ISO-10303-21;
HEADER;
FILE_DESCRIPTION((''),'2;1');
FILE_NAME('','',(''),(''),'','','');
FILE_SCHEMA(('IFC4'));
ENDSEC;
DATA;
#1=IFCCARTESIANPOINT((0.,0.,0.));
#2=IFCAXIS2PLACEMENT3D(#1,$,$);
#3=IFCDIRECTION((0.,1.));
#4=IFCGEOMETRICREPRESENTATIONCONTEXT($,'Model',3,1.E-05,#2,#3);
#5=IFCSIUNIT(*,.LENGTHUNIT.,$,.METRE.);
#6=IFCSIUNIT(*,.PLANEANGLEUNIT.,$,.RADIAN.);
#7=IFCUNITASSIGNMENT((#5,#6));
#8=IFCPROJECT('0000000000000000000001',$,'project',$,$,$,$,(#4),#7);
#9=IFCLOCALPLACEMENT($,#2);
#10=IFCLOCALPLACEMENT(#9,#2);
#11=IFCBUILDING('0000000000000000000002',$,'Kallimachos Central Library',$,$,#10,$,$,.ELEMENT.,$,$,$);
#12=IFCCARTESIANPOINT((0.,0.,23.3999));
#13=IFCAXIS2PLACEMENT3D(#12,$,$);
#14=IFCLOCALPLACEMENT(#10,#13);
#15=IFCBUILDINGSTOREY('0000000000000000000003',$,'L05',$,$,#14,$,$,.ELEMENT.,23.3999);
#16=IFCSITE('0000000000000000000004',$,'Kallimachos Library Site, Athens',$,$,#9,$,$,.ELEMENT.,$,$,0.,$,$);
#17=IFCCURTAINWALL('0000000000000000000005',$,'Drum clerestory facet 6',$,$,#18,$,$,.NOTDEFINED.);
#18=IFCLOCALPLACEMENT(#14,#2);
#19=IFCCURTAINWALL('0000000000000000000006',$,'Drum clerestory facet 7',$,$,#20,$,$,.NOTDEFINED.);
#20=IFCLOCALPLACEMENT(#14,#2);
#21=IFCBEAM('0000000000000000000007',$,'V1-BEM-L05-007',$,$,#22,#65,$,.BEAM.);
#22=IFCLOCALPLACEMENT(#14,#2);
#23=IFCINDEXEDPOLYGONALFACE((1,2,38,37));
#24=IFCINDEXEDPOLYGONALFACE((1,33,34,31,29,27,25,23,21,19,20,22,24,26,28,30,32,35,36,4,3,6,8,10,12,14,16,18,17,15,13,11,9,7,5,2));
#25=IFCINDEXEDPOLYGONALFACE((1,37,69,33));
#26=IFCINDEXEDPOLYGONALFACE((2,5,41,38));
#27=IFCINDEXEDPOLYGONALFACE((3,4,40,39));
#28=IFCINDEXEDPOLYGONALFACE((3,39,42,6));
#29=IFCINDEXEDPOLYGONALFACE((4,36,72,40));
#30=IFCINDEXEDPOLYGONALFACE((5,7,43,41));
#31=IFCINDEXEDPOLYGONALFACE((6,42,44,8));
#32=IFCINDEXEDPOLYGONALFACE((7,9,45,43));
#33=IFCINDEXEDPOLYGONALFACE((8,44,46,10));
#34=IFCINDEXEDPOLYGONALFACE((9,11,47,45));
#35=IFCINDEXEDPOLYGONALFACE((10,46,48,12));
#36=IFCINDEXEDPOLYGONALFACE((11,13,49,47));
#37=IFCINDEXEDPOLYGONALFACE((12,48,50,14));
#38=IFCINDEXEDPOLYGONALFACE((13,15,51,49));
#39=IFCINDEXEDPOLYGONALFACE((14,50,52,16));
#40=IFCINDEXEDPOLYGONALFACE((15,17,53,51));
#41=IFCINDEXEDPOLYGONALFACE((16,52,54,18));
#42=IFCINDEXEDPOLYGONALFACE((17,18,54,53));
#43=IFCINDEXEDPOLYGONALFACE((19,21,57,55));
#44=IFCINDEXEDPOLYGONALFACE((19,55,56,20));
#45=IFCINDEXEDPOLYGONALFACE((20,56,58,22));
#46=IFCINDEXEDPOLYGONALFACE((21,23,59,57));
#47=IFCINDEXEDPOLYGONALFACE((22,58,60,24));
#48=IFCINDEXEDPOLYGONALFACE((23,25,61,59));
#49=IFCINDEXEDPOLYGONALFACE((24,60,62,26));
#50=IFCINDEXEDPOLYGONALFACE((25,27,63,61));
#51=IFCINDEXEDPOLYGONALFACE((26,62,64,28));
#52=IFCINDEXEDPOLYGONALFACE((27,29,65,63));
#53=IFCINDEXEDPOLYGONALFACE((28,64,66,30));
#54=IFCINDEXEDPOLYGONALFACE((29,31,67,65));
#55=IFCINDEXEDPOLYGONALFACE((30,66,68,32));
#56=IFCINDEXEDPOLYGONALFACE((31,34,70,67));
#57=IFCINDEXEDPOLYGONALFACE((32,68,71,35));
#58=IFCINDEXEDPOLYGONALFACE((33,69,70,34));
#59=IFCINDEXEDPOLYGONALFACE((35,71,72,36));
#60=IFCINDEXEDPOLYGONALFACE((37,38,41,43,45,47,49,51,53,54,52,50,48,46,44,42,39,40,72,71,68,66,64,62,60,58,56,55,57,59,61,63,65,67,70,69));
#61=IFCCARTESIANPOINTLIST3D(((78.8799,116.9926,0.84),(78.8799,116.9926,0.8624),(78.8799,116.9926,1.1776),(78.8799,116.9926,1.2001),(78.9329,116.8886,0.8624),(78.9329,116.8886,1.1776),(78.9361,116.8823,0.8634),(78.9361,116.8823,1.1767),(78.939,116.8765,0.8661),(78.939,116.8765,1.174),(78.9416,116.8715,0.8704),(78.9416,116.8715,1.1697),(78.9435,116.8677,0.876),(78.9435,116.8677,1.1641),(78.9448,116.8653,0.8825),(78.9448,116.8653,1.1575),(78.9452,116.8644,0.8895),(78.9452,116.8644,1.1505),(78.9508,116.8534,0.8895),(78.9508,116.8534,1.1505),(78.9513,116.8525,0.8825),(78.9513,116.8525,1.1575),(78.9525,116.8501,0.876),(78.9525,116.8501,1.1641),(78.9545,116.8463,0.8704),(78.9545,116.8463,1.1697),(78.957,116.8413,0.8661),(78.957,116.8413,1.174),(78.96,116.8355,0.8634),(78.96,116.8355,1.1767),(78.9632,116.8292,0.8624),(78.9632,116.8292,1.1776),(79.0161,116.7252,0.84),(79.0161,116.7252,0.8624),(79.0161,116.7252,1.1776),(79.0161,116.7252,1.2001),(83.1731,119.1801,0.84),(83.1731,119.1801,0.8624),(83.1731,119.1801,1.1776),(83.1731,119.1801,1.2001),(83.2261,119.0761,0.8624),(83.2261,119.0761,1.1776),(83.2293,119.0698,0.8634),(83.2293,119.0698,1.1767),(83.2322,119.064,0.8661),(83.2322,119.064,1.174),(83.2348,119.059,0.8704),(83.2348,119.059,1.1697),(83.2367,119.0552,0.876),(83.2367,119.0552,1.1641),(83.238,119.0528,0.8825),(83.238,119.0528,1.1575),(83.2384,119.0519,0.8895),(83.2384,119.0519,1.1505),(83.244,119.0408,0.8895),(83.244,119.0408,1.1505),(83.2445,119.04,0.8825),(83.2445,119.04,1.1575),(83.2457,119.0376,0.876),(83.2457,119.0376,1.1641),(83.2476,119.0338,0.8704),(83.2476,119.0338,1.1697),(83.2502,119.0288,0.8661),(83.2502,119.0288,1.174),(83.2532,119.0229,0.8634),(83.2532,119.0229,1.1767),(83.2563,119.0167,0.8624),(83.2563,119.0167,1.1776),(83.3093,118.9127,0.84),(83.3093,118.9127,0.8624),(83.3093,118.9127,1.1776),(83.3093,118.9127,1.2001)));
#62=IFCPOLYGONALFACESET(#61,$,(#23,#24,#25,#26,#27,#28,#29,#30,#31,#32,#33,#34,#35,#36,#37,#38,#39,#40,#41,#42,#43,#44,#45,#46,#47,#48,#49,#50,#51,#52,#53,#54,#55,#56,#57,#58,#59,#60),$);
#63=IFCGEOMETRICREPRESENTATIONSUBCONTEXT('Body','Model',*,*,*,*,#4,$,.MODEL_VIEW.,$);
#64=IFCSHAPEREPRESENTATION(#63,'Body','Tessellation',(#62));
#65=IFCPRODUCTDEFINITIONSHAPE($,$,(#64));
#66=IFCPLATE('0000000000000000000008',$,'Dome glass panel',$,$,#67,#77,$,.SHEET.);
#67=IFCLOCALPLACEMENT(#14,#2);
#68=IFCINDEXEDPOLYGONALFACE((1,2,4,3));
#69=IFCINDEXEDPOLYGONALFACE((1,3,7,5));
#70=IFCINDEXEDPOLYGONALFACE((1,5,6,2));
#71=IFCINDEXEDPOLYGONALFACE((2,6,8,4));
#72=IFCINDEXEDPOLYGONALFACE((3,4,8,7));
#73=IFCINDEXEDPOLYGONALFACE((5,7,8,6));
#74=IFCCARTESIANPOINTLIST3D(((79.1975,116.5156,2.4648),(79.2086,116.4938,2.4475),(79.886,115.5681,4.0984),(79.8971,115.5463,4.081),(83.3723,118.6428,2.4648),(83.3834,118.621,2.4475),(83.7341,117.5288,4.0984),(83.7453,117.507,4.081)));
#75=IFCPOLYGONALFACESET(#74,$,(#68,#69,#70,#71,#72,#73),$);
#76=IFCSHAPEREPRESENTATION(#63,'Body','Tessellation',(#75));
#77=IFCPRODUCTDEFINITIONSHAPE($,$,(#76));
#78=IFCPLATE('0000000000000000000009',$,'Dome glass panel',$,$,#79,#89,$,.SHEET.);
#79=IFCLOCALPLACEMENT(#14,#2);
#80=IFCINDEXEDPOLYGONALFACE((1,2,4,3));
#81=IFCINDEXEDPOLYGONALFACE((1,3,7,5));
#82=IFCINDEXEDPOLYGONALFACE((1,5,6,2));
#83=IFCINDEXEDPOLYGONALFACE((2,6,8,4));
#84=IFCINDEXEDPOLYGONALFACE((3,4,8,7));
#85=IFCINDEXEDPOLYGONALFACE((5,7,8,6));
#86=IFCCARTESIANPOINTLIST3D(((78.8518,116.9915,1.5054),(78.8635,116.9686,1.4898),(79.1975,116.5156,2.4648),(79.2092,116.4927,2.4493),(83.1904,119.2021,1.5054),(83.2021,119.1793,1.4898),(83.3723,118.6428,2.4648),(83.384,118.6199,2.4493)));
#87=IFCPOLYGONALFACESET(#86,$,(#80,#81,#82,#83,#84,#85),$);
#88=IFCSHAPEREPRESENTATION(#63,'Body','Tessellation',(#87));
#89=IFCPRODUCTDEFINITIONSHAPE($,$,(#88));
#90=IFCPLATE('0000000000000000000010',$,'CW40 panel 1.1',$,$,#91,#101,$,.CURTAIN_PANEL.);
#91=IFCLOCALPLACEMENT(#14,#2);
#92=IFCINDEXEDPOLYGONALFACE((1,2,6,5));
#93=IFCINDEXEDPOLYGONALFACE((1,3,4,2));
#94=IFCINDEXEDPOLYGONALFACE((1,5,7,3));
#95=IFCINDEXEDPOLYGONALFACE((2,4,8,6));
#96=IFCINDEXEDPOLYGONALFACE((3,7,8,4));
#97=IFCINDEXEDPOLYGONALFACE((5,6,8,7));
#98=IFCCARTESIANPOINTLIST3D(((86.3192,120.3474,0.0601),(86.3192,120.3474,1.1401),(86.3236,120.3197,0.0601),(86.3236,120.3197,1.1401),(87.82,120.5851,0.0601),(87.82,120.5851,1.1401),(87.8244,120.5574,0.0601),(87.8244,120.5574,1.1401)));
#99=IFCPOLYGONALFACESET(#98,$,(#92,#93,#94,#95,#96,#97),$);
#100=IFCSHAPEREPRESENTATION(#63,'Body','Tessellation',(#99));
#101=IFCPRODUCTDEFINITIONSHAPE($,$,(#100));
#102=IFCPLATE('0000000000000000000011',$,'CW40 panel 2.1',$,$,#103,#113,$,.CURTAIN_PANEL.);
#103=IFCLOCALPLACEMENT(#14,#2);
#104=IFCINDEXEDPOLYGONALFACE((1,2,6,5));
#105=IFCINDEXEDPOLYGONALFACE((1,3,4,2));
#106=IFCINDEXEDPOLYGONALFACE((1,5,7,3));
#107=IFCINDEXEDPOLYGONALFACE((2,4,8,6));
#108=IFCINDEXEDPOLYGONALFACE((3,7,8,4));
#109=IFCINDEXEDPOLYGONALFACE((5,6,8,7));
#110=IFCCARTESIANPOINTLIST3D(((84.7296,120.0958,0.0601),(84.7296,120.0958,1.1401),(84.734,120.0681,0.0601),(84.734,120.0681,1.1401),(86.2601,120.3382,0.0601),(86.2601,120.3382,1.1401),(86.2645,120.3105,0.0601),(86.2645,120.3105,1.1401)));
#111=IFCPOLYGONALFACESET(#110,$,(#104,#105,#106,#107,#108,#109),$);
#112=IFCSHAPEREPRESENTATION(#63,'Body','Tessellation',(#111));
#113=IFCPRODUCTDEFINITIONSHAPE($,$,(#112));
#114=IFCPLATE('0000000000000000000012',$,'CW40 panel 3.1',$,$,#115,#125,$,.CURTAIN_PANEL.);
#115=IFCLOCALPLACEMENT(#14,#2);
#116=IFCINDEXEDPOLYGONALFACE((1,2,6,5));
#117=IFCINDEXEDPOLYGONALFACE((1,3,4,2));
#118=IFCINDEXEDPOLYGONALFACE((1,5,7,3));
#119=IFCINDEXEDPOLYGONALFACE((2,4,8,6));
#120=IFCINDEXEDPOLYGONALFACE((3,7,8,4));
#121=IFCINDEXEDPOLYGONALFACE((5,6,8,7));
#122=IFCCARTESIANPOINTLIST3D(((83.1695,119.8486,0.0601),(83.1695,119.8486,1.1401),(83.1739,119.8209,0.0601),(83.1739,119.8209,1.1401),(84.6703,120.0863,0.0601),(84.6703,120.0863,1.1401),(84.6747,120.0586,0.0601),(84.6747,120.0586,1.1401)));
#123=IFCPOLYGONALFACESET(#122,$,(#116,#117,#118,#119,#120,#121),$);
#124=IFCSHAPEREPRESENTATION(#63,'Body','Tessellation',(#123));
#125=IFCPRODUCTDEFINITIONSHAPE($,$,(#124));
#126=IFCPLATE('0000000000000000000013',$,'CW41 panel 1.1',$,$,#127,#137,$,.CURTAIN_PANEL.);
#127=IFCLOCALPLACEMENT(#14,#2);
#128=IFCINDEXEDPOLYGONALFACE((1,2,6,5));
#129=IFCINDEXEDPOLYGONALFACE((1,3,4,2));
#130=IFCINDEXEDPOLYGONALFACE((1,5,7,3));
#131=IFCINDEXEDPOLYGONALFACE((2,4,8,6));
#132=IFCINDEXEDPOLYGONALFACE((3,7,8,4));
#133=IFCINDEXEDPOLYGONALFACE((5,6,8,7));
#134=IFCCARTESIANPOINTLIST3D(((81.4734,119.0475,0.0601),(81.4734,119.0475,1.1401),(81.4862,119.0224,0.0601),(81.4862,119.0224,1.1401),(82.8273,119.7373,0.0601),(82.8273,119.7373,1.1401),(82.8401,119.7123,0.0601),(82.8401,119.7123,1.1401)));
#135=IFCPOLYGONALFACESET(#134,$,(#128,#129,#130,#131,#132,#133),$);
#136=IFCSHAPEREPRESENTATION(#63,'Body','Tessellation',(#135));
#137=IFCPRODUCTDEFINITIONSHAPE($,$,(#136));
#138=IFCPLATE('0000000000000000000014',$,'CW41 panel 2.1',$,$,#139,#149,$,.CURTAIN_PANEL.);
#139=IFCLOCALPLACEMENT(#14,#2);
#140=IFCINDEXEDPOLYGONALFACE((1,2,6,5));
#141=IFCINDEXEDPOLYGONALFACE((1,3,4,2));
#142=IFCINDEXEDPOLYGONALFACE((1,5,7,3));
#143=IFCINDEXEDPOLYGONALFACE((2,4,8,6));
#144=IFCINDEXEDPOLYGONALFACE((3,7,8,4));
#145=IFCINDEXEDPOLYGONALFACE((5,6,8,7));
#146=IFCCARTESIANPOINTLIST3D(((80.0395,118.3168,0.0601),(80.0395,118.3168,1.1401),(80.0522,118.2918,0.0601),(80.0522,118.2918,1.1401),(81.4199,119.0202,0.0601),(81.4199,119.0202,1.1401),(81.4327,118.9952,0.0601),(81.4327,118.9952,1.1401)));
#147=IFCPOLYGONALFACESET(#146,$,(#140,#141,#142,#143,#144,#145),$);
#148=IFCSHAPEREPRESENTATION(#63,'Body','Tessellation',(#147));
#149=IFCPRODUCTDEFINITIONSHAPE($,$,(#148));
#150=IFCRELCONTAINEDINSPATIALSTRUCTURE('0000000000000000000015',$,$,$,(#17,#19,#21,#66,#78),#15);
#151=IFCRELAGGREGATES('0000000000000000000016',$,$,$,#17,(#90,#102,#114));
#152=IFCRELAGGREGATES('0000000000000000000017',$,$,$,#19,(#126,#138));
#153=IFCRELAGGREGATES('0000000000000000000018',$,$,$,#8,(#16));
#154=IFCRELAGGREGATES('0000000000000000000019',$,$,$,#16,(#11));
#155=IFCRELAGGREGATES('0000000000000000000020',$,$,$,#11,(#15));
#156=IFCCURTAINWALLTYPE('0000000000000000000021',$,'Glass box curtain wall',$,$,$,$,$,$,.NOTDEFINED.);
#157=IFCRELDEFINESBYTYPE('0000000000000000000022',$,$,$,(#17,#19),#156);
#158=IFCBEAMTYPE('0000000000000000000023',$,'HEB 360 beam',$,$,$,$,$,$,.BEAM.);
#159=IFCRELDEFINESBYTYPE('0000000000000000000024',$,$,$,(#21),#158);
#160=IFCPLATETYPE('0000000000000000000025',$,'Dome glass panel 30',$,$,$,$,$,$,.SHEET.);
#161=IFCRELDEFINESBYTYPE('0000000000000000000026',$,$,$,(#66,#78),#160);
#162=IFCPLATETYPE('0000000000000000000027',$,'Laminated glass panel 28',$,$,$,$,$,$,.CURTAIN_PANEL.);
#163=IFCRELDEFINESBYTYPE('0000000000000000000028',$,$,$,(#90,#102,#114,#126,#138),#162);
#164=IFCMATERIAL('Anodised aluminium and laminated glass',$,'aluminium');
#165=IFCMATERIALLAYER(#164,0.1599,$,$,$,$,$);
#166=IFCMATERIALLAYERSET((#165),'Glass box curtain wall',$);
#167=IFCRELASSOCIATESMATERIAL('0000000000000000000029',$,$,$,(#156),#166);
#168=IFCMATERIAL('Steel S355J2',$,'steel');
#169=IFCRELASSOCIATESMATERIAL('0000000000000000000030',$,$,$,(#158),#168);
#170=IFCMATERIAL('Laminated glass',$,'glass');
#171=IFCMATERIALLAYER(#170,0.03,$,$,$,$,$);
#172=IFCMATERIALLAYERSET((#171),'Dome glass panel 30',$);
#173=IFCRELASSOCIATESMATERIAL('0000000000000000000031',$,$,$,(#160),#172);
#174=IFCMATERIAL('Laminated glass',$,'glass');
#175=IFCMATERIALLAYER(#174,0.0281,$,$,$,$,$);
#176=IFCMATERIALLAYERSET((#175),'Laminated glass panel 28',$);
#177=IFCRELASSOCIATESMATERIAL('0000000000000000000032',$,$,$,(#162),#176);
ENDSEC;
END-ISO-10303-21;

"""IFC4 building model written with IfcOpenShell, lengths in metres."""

from ifc_helpers import new_model, si_unit, direction, frame, origin, origin_2d, place, context, subcontext, project, spatial, polyline, rectangle, i_section, outline, extrude, material, layer, layer_set, material_profile, profile_set, type_object, element, aggregate, save


model = new_model("IFC4")

# Units and contexts
model_context = context("Model", 3, precision=1e-05, world=origin(), true_north=direction((0.0, 1.0)))
body_context = subcontext(model_context, "Body", "Model", "MODEL_VIEW")
ifc_project = project(units=[si_unit("LENGTHUNIT", "METRE"), si_unit("PLANEANGLEUNIT", "RADIAN")], contexts=[model_context])

# Site, building, storey
site_placement = place(None, origin())
site = spatial("IfcSite", under=ifc_project, at=site_placement, Name="Kallimachos Library Site, Athens", CompositionType="ELEMENT", RefElevation=0.0)
building_placement = place(site_placement, origin())
building = spatial("IfcBuilding", under=site, at=building_placement, Name="Kallimachos Central Library", CompositionType="ELEMENT")
storey_placement = place(building_placement, frame((0.0, 0.0, 23.3999)))
storey = spatial("IfcBuildingStorey", under=building, at=storey_placement, Name="L05", CompositionType="ELEMENT", Elevation=23.3999)

# Curtain walls
ifc_material_1 = material(Name="Anodised aluminium and laminated glass", Category="aluminium")
ifc_layer_1 = layer(ifc_material_1, 0.1599)
ifc_layer_set_1 = layer_set([ifc_layer_1], Name="Glass box curtain wall")
curtain_wall_type = type_object("IfcCurtainWallType", Name="Glass box curtain wall", PredefinedType="NOTDEFINED", material=ifc_layer_set_1)
curtain_wall_1_placement = place(storey_placement, origin())
curtain_wall_1 = element("IfcCurtainWall", 1, at=curtain_wall_1_placement, inside=storey, type_object=curtain_wall_type, Name="Drum clerestory facet 6", PredefinedType="NOTDEFINED")
curtain_wall_2_placement = place(storey_placement, origin())
curtain_wall_2 = element("IfcCurtainWall", 2, at=curtain_wall_2_placement, inside=storey, type_object=curtain_wall_type, Name="Drum clerestory facet 7", PredefinedType="NOTDEFINED")

# Beam
ifc_material_2 = material(Name="Steel S355J2", Category="steel")
ifc_material_profile_1 = material_profile(ifc_material_2, i_section(OverallWidth=0.3, OverallDepth=0.3601, WebThickness=0.0125, FlangeThickness=0.0225, FilletRadius=0.0271, at=origin_2d()), Name="HEB 360")
ifc_profile_set_1 = profile_set([ifc_material_profile_1], Name="Steel S355J2")
beam_type = type_object("IfcBeamType", Name="HEB 360 beam", PredefinedType="BEAM", material=ifc_profile_set_1)
beam_placement = place(storey_placement, frame((83.2412, 119.0464, 1.02), z_axis=(-0.891007, -0.45399, 0.0), x_axis=(0.45399, -0.891007, 0.0)))
element("IfcBeam", 3, at=beam_placement, inside=storey, type_object=beam_type, Name="V1-BEM-L05-007", PredefinedType="BEAM", context=body_context, shape_type="SweptSolid", body=[
    extrude(i_section(OverallWidth=0.3, OverallDepth=0.3601, WebThickness=0.0125, FlangeThickness=0.0225, FilletRadius=0.0271, at=origin_2d()), origin(), (0.0, 0.0, 1.0), 4.8184),
])

# Plates
ifc_material_3 = material(Name="Laminated glass", Category="glass")
ifc_layer_2 = layer(ifc_material_3, 0.03)
ifc_layer_set_2 = layer_set([ifc_layer_2], Name="Dome glass panel 30")
plate_type_1 = type_object("IfcPlateType", Name="Dome glass panel 30", PredefinedType="SHEET", material=ifc_layer_set_2)
plate_1_placement = place(storey_placement, frame((83.7341, 117.5288, 4.0984), z_axis=(-0.370496, 0.727139, 0.577928), x_axis=(-0.179997, 0.554206, -0.812685)))
element("IfcPlate", 4, at=plate_1_placement, inside=storey, type_object=plate_type_1, Name="Dome glass panel", PredefinedType="SHEET", context=body_context, shape_type="SweptSolid", body=[
    extrude(outline(polyline([(0.0, 0.0), (2.0101, 0.0), (1.5826, 4.666), (-0.394, 4.3009), (0.0, 0.0)])), origin(), (0.0, 0.0, -1.0), 0.03),
])
plate_2_placement = place(storey_placement, frame((83.3723, 118.6428, 2.4648), z_axis=(-0.38836, 0.762186, 0.517928), x_axis=(-0.161615, 0.496998, -0.852569)))
element("IfcPlate", 5, at=plate_2_placement, inside=storey, type_object=plate_type_1, Name="Dome glass panel", PredefinedType="SHEET", context=body_context, shape_type="SweptSolid", body=[
    extrude(outline(polyline([(0.0, 0.0), (1.1254, 0.0), (0.7279, 4.8531), (-0.3825, 4.6699), (0.0, 0.0)])), origin(), (0.0, 0.0, -1.0), 0.03),
])

# Plates
ifc_material_4 = material(Name="Laminated glass", Category="glass")
ifc_layer_3 = layer(ifc_material_4, 0.0281)
ifc_layer_set_3 = layer_set([ifc_layer_3], Name="Laminated glass panel 28")
plate_type_2 = type_object("IfcPlateType", Name="Laminated glass panel 28", PredefinedType="CURTAIN_PANEL", material=ifc_layer_set_3)
plate_3_placement = place(storey_placement, frame((87.0718, 120.4524, 0.0601), z_axis=(0.0, 0.0, 1.0), x_axis=(-0.987688, -0.156435, 0.0)))
plate_3 = element("IfcPlate", 6, at=plate_3_placement, type_object=plate_type_2, Name="CW40 panel 1.1", PredefinedType="CURTAIN_PANEL", context=body_context, shape_type="SweptSolid", body=[
    extrude(rectangle(XDim=1.5195, YDim=0.0281, at=origin_2d()), origin(), (0.0, 0.0, 1.0), 1.0801),
])
plate_4_placement = place(storey_placement, frame((85.4971, 120.2031, 0.0601), z_axis=(0.0, 0.0, 1.0), x_axis=(-0.987688, -0.156435, 0.0)))
plate_4 = element("IfcPlate", 7, at=plate_4_placement, type_object=plate_type_2, Name="CW40 panel 2.1", PredefinedType="CURTAIN_PANEL", context=body_context, shape_type="SweptSolid", body=[
    extrude(rectangle(XDim=1.5496, YDim=0.0281, at=origin_2d()), origin(), (0.0, 0.0, 1.0), 1.0801),
])
plate_5_placement = place(storey_placement, frame((83.9221, 119.9536, 0.0601), z_axis=(0.0, 0.0, 1.0), x_axis=(-0.987688, -0.156435, 0.0)))
plate_5 = element("IfcPlate", 8, at=plate_5_placement, type_object=plate_type_2, Name="CW40 panel 3.1", PredefinedType="CURTAIN_PANEL", context=body_context, shape_type="SweptSolid", body=[
    extrude(rectangle(XDim=1.5195, YDim=0.0281, at=origin_2d()), origin(), (0.0, 0.0, 1.0), 1.0801),
])
aggregate(curtain_wall_1, [plate_3, plate_4, plate_5])
plate_6_placement = place(storey_placement, frame((82.1567, 119.3799, 0.0601), z_axis=(0.0, 0.0, 1.0), x_axis=(-0.891006, -0.453991, 0.0)))
plate_6 = element("IfcPlate", 9, at=plate_6_placement, type_object=plate_type_2, Name="CW41 panel 1.1", PredefinedType="CURTAIN_PANEL", context=body_context, shape_type="SweptSolid", body=[
    extrude(rectangle(XDim=1.5195, YDim=0.0281, at=origin_2d()), origin(), (0.0, 0.0, 1.0), 1.0801),
])
plate_7_placement = place(storey_placement, frame((80.7361, 118.656, 0.0601), z_axis=(0.0, 0.0, 1.0), x_axis=(-0.891006, -0.453991, 0.0)))
plate_7 = element("IfcPlate", 10, at=plate_7_placement, type_object=plate_type_2, Name="CW41 panel 2.1", PredefinedType="CURTAIN_PANEL", context=body_context, shape_type="SweptSolid", body=[
    extrude(rectangle(XDim=1.5493, YDim=0.0281, at=origin_2d()), origin(), (0.0, 0.0, 1.0), 1.0801),
])
aggregate(curtain_wall_2, [plate_6, plate_7])

save(model, "model.ifc")
